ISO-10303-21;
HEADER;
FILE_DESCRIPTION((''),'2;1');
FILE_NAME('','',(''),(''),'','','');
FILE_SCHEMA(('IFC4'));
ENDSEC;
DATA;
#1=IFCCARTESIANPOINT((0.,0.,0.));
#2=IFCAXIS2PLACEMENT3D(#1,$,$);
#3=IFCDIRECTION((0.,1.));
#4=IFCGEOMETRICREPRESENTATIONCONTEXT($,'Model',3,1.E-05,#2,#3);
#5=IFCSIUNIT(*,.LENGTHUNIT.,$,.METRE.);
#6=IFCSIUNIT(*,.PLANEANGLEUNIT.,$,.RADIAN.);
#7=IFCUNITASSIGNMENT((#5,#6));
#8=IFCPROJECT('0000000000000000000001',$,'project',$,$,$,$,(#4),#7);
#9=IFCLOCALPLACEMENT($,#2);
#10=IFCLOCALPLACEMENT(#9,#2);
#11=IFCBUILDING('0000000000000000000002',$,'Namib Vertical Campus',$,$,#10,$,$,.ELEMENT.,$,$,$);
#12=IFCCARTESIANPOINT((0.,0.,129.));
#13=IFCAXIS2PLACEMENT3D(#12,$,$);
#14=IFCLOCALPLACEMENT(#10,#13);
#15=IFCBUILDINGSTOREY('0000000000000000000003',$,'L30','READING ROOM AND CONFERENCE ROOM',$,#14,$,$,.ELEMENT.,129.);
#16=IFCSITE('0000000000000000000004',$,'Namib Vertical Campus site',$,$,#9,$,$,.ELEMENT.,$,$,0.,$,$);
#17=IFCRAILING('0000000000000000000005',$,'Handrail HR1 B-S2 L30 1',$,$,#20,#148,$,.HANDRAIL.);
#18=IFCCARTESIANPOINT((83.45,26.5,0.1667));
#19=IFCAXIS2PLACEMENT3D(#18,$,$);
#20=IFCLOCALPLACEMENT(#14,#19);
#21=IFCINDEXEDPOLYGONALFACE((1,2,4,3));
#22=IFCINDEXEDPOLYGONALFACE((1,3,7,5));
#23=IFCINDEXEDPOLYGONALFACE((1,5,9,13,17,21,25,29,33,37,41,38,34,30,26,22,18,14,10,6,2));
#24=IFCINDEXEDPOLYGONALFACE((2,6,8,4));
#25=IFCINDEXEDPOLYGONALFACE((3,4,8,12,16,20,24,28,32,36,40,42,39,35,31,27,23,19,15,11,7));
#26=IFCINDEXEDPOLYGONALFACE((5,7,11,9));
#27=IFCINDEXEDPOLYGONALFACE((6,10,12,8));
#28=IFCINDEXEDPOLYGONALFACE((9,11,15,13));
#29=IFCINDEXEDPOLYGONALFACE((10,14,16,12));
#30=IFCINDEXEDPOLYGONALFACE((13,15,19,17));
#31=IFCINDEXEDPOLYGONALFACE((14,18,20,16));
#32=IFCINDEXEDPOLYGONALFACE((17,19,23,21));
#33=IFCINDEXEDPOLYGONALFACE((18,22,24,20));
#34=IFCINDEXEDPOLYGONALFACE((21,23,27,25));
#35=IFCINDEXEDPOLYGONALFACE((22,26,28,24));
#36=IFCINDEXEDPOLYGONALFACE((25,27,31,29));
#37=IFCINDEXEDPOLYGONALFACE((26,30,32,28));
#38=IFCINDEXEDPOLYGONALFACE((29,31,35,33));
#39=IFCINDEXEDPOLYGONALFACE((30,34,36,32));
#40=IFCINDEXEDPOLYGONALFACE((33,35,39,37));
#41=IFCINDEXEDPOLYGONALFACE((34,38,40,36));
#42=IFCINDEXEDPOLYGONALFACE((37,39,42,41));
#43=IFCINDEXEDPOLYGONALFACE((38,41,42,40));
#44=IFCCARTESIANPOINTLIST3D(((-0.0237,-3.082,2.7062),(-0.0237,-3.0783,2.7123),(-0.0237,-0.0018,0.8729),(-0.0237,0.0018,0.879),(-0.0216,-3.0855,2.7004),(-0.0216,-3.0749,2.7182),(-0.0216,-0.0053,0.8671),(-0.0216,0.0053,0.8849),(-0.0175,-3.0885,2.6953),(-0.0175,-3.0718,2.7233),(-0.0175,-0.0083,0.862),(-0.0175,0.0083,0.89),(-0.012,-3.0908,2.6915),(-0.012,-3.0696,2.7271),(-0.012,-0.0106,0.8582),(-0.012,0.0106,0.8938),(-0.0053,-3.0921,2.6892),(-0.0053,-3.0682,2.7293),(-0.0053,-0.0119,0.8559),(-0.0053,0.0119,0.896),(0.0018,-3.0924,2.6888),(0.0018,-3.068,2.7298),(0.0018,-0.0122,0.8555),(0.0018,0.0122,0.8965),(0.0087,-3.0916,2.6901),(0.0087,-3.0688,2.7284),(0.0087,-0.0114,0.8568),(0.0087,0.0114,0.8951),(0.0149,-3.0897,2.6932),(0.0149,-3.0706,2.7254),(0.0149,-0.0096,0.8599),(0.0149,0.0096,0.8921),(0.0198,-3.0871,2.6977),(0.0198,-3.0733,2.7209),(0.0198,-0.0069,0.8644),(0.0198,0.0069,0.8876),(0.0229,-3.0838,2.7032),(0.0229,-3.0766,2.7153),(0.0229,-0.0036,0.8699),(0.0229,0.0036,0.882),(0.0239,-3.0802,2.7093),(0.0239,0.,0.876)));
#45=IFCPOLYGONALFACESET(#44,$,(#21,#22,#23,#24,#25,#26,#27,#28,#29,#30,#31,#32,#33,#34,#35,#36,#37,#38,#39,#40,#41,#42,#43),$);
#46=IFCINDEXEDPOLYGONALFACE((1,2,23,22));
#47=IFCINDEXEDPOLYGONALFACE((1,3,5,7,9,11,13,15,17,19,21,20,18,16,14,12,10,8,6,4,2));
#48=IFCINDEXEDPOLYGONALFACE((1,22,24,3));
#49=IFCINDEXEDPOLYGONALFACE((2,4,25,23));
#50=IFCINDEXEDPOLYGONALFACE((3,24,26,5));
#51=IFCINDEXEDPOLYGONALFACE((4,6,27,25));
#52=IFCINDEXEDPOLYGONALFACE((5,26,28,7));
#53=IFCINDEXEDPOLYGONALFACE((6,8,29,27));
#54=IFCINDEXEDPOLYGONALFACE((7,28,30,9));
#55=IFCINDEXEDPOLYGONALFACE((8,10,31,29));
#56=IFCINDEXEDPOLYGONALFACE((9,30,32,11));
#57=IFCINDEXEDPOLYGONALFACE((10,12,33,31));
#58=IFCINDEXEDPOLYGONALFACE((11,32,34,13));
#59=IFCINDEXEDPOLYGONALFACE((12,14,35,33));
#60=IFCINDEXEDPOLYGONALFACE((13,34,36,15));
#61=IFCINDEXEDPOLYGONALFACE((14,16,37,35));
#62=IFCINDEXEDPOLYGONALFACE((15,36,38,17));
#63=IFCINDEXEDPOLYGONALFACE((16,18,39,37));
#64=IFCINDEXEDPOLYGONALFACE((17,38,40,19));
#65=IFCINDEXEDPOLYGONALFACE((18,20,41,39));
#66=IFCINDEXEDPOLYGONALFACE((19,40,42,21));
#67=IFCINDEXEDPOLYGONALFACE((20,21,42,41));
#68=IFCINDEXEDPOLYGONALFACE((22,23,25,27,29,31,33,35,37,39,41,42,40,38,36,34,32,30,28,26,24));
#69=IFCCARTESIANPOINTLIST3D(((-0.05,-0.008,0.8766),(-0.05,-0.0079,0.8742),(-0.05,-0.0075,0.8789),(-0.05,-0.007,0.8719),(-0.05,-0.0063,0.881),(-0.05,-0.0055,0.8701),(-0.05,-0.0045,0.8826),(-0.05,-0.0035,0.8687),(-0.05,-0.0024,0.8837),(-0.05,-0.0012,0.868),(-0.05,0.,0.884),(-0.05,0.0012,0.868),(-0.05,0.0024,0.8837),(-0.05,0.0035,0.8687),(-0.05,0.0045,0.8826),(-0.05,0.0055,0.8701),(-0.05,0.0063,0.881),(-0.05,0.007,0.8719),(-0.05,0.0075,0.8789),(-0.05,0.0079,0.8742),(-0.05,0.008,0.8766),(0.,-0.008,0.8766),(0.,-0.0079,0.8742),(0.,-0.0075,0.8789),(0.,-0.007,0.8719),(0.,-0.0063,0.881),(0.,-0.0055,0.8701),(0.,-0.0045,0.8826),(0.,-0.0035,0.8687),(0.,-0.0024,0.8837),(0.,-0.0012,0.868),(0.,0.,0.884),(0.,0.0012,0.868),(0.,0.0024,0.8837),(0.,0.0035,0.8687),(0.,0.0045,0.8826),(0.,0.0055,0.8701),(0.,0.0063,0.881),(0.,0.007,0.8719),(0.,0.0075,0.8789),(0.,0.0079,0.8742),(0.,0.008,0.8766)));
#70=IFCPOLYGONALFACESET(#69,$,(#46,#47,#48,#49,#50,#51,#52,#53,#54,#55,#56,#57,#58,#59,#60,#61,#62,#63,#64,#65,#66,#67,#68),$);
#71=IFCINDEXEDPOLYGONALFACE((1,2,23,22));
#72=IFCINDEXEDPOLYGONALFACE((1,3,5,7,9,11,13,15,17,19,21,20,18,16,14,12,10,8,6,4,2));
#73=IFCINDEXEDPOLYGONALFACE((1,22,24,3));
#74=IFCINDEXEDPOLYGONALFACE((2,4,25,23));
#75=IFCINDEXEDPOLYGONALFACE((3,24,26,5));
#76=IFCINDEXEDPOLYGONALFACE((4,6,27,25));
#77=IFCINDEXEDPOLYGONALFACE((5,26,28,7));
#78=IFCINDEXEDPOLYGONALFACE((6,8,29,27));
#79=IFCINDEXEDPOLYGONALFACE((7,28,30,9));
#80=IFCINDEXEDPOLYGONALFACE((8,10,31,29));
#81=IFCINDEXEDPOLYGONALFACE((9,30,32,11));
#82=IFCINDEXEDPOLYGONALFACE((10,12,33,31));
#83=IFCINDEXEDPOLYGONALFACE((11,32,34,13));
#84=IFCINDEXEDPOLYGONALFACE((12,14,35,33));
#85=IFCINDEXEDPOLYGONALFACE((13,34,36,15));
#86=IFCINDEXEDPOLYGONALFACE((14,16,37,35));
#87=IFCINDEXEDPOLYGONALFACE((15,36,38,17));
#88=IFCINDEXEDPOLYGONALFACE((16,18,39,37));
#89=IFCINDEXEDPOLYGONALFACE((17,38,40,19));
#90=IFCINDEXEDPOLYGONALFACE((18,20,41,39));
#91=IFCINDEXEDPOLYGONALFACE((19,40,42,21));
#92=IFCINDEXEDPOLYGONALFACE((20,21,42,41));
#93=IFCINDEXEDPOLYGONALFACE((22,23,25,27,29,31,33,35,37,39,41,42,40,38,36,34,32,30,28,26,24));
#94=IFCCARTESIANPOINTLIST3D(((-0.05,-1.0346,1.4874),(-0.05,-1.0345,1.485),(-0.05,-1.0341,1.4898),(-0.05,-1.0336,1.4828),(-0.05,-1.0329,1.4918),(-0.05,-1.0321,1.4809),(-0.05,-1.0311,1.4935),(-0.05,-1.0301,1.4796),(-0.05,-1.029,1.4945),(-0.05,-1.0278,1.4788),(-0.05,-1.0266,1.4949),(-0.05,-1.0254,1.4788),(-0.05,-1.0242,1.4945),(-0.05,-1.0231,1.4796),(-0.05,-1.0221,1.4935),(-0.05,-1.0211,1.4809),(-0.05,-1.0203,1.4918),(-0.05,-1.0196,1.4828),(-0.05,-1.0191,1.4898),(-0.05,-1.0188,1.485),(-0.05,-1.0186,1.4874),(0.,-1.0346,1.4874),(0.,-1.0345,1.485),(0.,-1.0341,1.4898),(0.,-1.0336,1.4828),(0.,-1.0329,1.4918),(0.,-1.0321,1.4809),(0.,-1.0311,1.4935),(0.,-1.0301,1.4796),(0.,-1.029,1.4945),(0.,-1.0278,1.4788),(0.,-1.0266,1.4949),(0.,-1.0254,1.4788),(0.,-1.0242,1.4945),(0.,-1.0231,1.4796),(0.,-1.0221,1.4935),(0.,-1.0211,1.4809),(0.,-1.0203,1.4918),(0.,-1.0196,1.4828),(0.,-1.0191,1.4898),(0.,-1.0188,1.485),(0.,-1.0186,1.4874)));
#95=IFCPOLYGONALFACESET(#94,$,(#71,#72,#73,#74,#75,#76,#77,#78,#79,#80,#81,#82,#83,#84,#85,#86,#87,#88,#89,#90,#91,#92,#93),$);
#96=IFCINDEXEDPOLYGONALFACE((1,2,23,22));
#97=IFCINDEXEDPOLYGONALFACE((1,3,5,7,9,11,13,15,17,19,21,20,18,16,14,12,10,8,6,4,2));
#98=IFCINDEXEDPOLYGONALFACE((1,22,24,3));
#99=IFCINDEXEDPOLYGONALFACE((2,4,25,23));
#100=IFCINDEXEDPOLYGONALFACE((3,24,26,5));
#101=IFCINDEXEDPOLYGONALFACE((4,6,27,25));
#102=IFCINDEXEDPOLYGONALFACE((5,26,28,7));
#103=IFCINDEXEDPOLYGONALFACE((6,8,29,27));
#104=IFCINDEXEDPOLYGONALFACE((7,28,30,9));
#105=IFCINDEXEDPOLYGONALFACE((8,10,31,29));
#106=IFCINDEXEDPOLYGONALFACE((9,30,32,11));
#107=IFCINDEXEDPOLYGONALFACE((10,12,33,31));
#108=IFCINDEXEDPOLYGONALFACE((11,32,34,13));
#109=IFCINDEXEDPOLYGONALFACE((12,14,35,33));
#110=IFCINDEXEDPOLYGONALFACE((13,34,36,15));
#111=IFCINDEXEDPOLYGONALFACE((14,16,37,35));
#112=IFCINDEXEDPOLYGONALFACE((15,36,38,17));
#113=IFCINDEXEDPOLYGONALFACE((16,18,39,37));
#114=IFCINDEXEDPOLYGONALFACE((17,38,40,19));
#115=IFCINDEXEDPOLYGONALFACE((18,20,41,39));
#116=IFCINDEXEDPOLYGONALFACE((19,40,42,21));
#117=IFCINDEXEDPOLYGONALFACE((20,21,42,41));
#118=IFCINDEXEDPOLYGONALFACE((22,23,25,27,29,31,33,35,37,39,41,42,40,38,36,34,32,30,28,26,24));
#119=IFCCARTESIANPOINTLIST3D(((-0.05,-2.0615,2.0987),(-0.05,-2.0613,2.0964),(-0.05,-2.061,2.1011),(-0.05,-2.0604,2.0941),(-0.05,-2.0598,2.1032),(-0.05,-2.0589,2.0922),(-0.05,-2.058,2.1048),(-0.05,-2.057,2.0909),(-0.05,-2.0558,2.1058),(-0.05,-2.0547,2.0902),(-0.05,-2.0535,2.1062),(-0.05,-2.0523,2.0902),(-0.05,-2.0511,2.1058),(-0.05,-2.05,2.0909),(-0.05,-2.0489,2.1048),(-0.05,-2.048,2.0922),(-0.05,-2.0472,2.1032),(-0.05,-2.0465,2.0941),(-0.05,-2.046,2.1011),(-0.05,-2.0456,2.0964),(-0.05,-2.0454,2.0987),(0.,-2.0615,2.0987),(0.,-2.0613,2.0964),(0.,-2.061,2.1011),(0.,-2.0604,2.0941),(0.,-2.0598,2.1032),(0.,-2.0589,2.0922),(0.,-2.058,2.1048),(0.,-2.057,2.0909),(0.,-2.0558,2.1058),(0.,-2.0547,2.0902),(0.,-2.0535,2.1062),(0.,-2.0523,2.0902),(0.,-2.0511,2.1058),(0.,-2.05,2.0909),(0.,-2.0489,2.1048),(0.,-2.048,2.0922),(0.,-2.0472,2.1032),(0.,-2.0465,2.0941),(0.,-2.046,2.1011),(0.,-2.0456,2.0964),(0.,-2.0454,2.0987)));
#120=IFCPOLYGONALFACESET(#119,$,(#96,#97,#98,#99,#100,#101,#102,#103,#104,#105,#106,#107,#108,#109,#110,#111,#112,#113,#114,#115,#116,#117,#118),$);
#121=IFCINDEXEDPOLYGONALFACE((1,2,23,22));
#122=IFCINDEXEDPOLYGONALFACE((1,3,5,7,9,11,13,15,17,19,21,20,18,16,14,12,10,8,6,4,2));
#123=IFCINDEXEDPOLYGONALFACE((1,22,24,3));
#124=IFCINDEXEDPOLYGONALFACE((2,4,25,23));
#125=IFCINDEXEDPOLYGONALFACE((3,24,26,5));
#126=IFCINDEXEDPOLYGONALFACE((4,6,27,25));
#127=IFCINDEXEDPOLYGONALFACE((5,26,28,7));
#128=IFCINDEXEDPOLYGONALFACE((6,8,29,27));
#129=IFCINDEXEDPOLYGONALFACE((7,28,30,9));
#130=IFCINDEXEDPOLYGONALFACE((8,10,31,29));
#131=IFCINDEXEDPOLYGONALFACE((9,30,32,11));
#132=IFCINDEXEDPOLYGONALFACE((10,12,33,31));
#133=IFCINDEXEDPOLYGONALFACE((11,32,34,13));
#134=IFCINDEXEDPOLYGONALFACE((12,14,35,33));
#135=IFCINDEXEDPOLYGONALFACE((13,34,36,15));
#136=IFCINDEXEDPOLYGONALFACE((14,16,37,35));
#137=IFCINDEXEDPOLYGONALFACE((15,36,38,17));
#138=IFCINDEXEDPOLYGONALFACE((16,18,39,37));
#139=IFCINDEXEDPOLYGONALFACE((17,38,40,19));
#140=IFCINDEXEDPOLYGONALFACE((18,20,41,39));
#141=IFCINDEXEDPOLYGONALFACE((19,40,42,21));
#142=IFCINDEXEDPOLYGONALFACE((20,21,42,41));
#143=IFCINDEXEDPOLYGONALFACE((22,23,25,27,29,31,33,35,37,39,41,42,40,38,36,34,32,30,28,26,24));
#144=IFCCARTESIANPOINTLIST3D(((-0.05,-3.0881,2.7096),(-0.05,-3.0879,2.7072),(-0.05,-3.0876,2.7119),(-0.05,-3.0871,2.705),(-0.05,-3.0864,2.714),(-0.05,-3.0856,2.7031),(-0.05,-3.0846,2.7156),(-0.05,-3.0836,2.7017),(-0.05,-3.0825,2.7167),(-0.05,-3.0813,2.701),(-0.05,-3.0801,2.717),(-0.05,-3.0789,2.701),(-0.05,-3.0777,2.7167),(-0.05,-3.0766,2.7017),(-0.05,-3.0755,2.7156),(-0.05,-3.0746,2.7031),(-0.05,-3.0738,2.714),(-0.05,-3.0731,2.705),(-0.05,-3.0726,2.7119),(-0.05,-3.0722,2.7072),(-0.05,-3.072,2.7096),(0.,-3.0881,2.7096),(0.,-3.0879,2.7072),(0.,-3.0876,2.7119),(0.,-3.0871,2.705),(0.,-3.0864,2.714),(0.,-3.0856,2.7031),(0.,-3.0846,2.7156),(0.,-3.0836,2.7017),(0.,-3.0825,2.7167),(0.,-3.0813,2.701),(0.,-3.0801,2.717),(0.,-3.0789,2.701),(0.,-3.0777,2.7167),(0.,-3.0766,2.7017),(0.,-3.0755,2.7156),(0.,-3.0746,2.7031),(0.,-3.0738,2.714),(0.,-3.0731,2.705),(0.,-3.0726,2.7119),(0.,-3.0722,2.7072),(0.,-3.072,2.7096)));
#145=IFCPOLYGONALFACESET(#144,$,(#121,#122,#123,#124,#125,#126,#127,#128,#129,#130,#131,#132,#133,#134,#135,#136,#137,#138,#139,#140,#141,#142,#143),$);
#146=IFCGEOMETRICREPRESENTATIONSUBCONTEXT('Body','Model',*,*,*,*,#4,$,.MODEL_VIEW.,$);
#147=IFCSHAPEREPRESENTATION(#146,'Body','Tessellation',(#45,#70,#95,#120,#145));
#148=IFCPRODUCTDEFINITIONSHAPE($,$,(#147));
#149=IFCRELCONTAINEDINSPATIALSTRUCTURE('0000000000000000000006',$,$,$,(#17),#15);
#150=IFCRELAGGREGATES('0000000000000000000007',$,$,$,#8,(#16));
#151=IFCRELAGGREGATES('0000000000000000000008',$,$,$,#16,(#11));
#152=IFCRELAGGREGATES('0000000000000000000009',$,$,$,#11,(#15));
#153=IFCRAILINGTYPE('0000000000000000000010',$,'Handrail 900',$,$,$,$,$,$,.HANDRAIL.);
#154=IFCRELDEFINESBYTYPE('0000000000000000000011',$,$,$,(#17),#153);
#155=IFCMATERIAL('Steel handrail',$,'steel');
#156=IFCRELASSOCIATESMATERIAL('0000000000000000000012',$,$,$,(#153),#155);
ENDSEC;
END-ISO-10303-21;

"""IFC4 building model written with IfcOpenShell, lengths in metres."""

from ifc_helpers import new_model, si_unit, direction, frame, origin, origin_2d, place, context, subcontext, project, spatial, circle, extrude, material, type_object, element, save


model = new_model("IFC4")

# Units and contexts
model_context = context("Model", 3, precision=1e-05, world=origin(), true_north=direction((0.0, 1.0)))
body_context = subcontext(model_context, "Body", "Model", "MODEL_VIEW")
ifc_project = project(units=[si_unit("LENGTHUNIT", "METRE"), si_unit("PLANEANGLEUNIT", "RADIAN")], contexts=[model_context])

# Site, building, storey
site_placement = place(None, origin())
site = spatial("IfcSite", under=ifc_project, at=site_placement, Name="Namib Vertical Campus site", CompositionType="ELEMENT", RefElevation=0.0)
building_placement = place(site_placement, origin())
building = spatial("IfcBuilding", under=site, at=building_placement, Name="Namib Vertical Campus", CompositionType="ELEMENT")
storey_placement = place(building_placement, frame((0.0, 0.0, 129.0)))
storey = spatial("IfcBuildingStorey", under=building, at=storey_placement, Name="L30", Description="READING ROOM AND CONFERENCE ROOM", CompositionType="ELEMENT", Elevation=129.0)

# Railing
ifc_material_1 = material(Name="Steel handrail", Category="steel")
railing_type_1 = type_object("IfcRailingType", Name="Handrail 900", PredefinedType="HANDRAIL", material=ifc_material_1)
railing_1_placement = place(storey_placement, frame((83.45, 26.5, 0.1667)))
element("IfcRailing", 1, at=railing_1_placement, inside=storey, type_object=railing_type_1, Name="Handrail HR1 B-S2 L30 1", PredefinedType="HANDRAIL", context=body_context, shape_type="SweptSolid", body=[
    extrude(circle(Radius=0.0239, at=origin_2d()), frame((0.0, 0.0, 0.876), z_axis=(0.0, -0.859309, 0.511458), x_axis=(1.0, 0.0, 0.0)), (0.0, 0.0, 1.0), 3.5845),
    extrude(circle(Radius=0.0081, at=origin_2d()), frame((0.0, 0.0, 0.876), z_axis=(-1.0, 0.0, 0.0), x_axis=(0.0, 0.0, 1.0)), (0.0, 0.0, 1.0), 0.05),
    extrude(circle(Radius=0.0081, at=origin_2d()), frame((0.0, -1.0266, 1.4868), z_axis=(-1.0, 0.0, 0.0), x_axis=(0.0, 0.0, 1.0)), (0.0, 0.0, 1.0), 0.05),
    extrude(circle(Radius=0.0081, at=origin_2d()), frame((0.0, -2.0535, 2.0981), z_axis=(-1.0, 0.0, 0.0), x_axis=(0.0, 0.0, 1.0)), (0.0, 0.0, 1.0), 0.05),
    extrude(circle(Radius=0.0081, at=origin_2d()), frame((0.0, -3.0801, 2.709), z_axis=(-1.0, 0.0, 0.0), x_axis=(0.0, 0.0, 1.0)), (0.0, 0.0, 1.0), 0.05),
])

save(model, "model.ifc")
